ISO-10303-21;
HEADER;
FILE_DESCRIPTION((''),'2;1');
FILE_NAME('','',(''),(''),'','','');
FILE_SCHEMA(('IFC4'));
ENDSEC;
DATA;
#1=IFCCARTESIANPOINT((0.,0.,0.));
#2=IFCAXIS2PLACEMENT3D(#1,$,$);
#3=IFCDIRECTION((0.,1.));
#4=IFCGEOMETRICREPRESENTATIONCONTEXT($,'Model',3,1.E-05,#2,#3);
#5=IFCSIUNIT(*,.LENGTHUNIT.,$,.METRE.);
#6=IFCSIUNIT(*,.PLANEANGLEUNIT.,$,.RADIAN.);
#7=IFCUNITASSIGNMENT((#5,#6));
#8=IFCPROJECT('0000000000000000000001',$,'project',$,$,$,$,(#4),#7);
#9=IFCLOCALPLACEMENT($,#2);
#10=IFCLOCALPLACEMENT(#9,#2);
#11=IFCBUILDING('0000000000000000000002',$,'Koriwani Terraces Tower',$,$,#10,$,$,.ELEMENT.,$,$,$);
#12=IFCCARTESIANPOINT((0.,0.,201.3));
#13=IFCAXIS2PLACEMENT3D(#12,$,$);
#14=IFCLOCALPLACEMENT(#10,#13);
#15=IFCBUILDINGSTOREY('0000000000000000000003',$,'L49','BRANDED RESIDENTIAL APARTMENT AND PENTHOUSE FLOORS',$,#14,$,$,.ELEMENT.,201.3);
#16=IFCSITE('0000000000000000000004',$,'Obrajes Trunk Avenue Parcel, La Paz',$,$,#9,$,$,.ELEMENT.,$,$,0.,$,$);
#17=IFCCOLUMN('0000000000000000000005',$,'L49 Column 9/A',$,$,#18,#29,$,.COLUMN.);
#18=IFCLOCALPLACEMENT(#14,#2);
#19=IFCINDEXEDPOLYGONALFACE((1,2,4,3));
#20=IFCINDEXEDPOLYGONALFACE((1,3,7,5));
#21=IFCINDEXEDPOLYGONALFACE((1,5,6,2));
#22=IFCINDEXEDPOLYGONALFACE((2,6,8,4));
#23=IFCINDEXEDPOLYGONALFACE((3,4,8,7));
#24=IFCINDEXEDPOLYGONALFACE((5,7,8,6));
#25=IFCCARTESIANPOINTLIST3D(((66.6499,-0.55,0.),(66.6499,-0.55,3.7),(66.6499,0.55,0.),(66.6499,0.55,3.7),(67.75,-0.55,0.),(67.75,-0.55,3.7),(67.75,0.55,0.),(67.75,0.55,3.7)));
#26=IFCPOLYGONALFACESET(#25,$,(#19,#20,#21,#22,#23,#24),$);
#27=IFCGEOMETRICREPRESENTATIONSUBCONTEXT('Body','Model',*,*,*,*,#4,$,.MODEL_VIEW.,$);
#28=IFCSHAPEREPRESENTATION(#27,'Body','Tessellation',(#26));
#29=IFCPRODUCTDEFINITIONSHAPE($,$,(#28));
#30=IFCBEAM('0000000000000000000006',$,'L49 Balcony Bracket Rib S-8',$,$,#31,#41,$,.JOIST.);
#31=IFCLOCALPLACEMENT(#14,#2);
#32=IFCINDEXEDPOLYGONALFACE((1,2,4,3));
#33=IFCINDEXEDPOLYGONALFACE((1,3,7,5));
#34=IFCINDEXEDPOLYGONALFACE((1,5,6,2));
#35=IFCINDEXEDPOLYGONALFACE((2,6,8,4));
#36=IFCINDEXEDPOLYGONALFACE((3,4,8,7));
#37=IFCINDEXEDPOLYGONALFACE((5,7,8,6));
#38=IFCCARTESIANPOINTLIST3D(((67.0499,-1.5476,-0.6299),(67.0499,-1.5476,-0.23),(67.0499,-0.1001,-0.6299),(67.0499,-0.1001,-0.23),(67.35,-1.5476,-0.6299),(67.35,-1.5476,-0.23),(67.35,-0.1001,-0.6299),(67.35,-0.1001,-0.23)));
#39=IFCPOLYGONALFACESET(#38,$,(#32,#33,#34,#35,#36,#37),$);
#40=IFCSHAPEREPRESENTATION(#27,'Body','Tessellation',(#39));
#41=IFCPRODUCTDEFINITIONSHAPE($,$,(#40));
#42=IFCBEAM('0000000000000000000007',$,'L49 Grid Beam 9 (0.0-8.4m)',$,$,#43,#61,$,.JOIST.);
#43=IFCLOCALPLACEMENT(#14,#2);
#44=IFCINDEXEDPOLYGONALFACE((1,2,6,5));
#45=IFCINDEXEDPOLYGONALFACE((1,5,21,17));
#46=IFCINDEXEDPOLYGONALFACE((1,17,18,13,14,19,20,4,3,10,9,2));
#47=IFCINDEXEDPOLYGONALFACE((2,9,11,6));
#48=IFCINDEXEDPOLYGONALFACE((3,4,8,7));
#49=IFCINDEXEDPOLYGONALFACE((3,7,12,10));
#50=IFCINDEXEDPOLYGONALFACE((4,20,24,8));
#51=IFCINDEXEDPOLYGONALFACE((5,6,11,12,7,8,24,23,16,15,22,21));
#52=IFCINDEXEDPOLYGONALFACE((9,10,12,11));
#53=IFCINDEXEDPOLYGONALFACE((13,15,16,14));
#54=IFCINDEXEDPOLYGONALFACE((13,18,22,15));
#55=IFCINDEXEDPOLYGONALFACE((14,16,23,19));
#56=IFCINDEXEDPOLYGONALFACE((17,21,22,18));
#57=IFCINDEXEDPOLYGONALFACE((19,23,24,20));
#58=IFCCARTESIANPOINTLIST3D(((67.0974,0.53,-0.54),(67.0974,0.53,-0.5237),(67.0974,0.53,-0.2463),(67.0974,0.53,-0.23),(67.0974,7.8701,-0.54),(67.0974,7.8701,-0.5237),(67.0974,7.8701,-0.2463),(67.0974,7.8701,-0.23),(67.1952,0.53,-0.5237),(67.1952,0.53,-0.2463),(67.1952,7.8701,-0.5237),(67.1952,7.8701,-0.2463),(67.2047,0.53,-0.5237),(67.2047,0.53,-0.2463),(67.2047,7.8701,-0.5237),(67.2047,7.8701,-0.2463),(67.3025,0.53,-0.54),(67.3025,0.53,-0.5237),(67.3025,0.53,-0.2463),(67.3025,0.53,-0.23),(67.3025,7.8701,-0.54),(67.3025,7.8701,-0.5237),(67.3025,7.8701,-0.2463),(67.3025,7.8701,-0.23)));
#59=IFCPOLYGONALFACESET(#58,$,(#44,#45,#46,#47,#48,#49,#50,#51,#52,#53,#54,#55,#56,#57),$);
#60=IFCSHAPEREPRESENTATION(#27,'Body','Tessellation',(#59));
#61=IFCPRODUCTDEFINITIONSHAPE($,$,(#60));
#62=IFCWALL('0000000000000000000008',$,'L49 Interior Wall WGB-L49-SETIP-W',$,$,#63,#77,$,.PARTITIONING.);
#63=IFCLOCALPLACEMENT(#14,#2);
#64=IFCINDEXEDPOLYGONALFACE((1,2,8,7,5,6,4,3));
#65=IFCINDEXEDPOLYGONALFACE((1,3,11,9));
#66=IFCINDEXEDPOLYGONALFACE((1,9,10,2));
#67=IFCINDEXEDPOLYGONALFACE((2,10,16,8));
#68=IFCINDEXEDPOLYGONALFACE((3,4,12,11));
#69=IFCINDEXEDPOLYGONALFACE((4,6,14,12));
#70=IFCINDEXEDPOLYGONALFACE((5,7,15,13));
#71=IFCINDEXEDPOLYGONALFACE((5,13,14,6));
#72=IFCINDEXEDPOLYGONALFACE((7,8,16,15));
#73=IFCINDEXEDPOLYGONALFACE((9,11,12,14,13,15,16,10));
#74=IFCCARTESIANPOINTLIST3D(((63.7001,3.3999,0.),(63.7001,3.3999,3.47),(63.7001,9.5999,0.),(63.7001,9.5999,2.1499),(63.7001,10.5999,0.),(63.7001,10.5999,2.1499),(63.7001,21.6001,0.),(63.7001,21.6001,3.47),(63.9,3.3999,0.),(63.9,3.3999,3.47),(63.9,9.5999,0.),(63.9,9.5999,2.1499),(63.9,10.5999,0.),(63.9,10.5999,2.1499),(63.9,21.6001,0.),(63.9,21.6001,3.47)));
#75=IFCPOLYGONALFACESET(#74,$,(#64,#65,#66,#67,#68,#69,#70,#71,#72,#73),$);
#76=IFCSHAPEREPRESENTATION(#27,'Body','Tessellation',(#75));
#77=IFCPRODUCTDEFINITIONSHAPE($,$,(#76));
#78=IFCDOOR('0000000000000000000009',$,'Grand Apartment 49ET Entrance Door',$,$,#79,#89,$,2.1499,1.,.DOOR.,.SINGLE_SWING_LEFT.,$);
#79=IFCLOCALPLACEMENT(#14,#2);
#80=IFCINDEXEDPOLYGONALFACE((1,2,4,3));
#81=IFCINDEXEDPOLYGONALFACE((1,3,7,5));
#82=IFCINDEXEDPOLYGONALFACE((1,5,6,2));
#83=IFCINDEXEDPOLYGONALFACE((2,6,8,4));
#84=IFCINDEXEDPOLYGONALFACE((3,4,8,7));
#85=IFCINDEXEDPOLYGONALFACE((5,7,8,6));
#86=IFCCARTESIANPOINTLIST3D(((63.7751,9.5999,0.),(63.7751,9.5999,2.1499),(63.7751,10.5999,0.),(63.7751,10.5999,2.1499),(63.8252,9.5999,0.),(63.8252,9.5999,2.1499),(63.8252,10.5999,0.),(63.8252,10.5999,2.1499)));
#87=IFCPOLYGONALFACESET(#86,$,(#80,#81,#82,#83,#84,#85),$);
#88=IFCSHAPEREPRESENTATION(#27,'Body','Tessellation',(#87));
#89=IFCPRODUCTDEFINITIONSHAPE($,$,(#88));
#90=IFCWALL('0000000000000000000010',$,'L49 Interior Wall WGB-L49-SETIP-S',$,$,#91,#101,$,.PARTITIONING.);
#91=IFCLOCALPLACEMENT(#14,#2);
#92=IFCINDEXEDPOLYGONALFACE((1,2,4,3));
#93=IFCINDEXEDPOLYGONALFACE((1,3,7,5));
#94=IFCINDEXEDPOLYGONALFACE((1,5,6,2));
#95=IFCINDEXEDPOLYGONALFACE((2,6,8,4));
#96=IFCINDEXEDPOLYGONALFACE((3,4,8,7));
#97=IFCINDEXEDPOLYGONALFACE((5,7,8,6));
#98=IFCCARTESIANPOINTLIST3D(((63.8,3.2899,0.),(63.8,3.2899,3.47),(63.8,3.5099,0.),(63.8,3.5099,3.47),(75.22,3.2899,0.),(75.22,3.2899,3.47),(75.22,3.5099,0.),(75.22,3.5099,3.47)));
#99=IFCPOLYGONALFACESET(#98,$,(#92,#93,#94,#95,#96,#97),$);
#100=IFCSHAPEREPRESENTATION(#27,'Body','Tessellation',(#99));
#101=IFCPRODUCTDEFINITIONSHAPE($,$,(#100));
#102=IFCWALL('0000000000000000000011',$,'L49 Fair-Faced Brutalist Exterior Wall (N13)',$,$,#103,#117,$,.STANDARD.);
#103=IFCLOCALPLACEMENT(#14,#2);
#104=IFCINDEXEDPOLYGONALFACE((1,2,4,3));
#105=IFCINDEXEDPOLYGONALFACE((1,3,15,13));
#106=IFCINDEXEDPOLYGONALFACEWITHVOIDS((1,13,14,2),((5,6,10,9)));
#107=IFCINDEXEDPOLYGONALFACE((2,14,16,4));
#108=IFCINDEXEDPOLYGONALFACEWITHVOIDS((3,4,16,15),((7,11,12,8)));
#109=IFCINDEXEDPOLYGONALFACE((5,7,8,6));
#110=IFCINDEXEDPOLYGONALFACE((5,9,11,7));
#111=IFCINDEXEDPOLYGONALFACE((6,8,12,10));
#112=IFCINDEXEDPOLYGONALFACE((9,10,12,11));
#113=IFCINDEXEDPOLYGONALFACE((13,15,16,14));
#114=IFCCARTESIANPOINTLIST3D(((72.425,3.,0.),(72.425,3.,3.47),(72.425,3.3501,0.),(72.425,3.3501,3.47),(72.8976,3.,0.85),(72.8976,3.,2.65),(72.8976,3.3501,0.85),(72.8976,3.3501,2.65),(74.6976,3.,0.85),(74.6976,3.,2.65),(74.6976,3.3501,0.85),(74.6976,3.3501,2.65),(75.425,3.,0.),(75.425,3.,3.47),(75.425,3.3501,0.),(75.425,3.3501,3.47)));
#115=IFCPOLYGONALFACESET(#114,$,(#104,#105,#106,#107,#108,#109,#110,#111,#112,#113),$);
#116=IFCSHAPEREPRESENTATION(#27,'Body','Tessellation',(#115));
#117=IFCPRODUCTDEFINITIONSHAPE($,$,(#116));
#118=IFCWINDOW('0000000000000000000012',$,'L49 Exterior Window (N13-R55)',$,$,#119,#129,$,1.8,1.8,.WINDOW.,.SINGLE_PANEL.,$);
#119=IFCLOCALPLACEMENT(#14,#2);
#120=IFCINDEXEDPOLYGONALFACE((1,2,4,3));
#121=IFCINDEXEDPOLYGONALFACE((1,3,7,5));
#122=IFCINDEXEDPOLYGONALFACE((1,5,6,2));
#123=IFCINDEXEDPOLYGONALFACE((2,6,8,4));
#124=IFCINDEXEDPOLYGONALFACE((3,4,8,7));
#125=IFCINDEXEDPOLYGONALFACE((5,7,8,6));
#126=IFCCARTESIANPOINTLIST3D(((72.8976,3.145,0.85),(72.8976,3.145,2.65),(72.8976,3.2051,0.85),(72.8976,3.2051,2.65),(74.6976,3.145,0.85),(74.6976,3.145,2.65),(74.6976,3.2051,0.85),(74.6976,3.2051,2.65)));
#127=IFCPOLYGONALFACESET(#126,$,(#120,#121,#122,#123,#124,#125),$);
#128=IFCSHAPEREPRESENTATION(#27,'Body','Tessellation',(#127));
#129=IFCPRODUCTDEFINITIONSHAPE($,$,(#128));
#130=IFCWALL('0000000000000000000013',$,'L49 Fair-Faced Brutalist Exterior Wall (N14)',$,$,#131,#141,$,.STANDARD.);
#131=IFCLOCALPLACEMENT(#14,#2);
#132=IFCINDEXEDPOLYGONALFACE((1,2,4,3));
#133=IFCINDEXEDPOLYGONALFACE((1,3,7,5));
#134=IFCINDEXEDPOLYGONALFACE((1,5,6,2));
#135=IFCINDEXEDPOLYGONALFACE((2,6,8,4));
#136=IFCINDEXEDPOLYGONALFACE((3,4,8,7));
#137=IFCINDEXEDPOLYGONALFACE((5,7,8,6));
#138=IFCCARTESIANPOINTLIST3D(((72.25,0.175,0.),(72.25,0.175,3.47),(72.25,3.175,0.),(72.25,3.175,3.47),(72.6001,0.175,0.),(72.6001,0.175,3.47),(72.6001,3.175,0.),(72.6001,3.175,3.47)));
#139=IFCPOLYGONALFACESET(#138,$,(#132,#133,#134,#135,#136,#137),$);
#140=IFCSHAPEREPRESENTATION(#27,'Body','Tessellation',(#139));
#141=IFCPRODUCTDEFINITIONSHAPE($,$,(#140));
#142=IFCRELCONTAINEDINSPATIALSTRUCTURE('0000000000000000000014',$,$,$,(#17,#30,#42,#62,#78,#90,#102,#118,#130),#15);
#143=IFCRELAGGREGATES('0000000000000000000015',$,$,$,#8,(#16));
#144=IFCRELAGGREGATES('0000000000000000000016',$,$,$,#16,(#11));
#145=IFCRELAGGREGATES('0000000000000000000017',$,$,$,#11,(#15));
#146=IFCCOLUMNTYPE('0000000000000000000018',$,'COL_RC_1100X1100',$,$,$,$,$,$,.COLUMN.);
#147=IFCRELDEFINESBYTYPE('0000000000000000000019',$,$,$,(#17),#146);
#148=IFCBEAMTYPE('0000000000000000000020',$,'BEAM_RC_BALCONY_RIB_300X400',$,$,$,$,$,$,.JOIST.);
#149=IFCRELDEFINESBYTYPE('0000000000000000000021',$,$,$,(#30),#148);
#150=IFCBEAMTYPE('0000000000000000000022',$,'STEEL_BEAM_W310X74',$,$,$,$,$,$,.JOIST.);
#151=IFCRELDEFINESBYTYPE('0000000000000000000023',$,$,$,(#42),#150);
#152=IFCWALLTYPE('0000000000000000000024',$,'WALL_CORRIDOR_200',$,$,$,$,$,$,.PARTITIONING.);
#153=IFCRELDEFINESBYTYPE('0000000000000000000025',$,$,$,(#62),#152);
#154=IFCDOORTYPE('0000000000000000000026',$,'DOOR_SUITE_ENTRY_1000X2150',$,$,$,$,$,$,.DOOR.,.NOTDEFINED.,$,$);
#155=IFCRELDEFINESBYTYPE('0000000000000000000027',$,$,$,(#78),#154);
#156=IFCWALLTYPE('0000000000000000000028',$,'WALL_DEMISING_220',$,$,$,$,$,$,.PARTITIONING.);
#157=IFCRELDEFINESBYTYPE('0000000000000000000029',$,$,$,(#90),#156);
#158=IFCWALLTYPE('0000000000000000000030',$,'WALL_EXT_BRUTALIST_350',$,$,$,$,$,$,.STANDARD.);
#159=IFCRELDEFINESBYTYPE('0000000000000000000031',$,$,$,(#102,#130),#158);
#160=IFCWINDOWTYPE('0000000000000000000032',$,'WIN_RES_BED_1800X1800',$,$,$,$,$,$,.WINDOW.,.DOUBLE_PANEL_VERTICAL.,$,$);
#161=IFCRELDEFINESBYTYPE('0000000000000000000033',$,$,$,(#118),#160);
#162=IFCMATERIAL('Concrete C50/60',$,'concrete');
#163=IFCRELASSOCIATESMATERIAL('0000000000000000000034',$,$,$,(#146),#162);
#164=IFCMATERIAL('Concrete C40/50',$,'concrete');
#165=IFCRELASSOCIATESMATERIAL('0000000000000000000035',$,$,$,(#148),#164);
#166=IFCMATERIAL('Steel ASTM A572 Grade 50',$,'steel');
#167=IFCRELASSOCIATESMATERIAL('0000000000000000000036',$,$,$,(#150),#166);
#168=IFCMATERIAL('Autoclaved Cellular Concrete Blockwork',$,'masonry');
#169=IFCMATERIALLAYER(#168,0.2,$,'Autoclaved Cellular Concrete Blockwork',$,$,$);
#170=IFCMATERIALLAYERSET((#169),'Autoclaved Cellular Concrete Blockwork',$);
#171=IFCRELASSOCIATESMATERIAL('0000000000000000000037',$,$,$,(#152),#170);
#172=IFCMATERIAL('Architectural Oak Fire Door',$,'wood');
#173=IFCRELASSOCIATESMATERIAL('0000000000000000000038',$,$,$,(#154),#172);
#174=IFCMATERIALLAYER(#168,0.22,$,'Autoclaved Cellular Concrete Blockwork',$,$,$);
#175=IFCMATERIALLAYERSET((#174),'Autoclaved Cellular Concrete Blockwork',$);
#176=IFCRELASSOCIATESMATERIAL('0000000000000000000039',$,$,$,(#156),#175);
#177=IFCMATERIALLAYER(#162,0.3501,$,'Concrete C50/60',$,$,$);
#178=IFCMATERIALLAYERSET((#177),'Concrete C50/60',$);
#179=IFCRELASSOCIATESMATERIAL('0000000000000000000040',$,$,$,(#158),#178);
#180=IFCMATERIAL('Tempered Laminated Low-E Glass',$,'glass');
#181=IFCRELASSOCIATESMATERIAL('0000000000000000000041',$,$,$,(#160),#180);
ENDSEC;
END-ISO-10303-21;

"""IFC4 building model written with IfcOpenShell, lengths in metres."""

from ifc_helpers import new_model, si_unit, direction, frame, frame_2d, origin, origin_2d, place, context, subcontext, project, spatial, rectangle, i_section, extrude, material, layer, layer_set, material_profile, profile_set, type_object, element, fill, save


model = new_model("IFC4")

# Units and contexts
model_context = context("Model", 3, precision=1e-05, world=origin(), true_north=direction((0.0, 1.0)))
body_context = subcontext(model_context, "Body", "Model", "MODEL_VIEW")
ifc_project = project(units=[si_unit("LENGTHUNIT", "METRE"), si_unit("PLANEANGLEUNIT", "RADIAN")], contexts=[model_context])

# Site, building, storey
site_placement = place(None, origin())
site = spatial("IfcSite", under=ifc_project, at=site_placement, Name="Obrajes Trunk Avenue Parcel, La Paz", CompositionType="ELEMENT", RefElevation=0.0)
building_placement = place(site_placement, origin())
building = spatial("IfcBuilding", under=site, at=building_placement, Name="Koriwani Terraces Tower", CompositionType="ELEMENT")
storey_placement = place(building_placement, frame((0.0, 0.0, 201.3)))
storey = spatial("IfcBuildingStorey", under=building, at=storey_placement, Name="L49", Description="BRANDED RESIDENTIAL APARTMENT AND PENTHOUSE FLOORS", CompositionType="ELEMENT", Elevation=201.3)

# Column
ifc_material_1 = material(Name="Concrete C50/60", Category="concrete")
ifc_material_profile_1 = material_profile(ifc_material_1, rectangle(XDim=1.1001, YDim=1.1001, at=origin_2d()), Name="Concrete C50/60", Category="LoadBearing")
ifc_profile_set_1 = profile_set([ifc_material_profile_1], Name="Concrete C50/60")
column_type = type_object("IfcColumnType", Name="COL_RC_1100X1100", PredefinedType="COLUMN", material=ifc_profile_set_1)
column_placement = place(storey_placement, frame((67.2, 0.0, 0.0), z_axis=(0.0, 0.0, 1.0), x_axis=(1.0, 0.0, 0.0)))
element("IfcColumn", 1, at=column_placement, inside=storey, type_object=column_type, Name="L49 Column 9/A", PredefinedType="COLUMN", context=body_context, shape_type="SweptSolid", body=[
    extrude(rectangle(XDim=1.1001, YDim=1.1001, at=origin_2d()), origin(), (0.0, 0.0, 1.0), 3.7),
])

# Beams
ifc_material_2 = material(Name="Concrete C40/50", Category="concrete")
ifc_material_profile_2 = material_profile(ifc_material_2, rectangle(XDim=0.3, YDim=0.3999, at=origin_2d()), Name="Concrete C40/50", Category="LoadBearing")
ifc_profile_set_2 = profile_set([ifc_material_profile_2], Name="Concrete C40/50")
beam_type_1 = type_object("IfcBeamType", Name="BEAM_RC_BALCONY_RIB_300X400", PredefinedType="JOIST", material=ifc_profile_set_2)
beam_1_placement = place(storey_placement, frame((67.2, -1.5476, -0.4299), z_axis=(0.0, 1.0, 0.0), x_axis=(-1.0, 0.0, 0.0)))
element("IfcBeam", 2, at=beam_1_placement, inside=storey, type_object=beam_type_1, Name="L49 Balcony Bracket Rib S-8", PredefinedType="JOIST", context=body_context, shape_type="SweptSolid", body=[
    extrude(rectangle(XDim=0.3, YDim=0.3999, at=origin_2d()), origin(), (0.0, 0.0, 1.0), 1.4475),
])
ifc_material_3 = material(Name="Steel ASTM A572 Grade 50", Category="steel")
ifc_material_profile_3 = material_profile(ifc_material_3, i_section(OverallWidth=0.2051, OverallDepth=0.3101, WebThickness=0.0095, FlangeThickness=0.0164, at=origin_2d()), Name="Steel ASTM A572 Grade 50", Category="LoadBearing")
ifc_profile_set_3 = profile_set([ifc_material_profile_3], Name="Steel ASTM A572 Grade 50")
beam_type_2 = type_object("IfcBeamType", Name="STEEL_BEAM_W310X74", PredefinedType="JOIST", material=ifc_profile_set_3)
beam_2_placement = place(storey_placement, frame((67.2, 0.53, -0.385), z_axis=(0.0, 1.0, 0.0), x_axis=(-1.0, 0.0, 0.0)))
element("IfcBeam", 3, at=beam_2_placement, inside=storey, type_object=beam_type_2, Name="L49 Grid Beam 9 (0.0-8.4m)", PredefinedType="JOIST", context=body_context, shape_type="SweptSolid", body=[
    extrude(i_section(OverallWidth=0.2051, OverallDepth=0.3101, WebThickness=0.0095, FlangeThickness=0.0164, at=origin_2d()), origin(), (0.0, 0.0, 1.0), 7.3401),
])

# Wall, opening, door
ifc_material_4 = material(Name="Autoclaved Cellular Concrete Blockwork", Category="masonry")
ifc_layer_1 = layer(ifc_material_4, 0.2, Name="Autoclaved Cellular Concrete Blockwork")
ifc_layer_set_1 = layer_set([ifc_layer_1], Name="Autoclaved Cellular Concrete Blockwork")
wall_type_1 = type_object("IfcWallType", Name="WALL_CORRIDOR_200", PredefinedType="PARTITIONING", material=ifc_layer_set_1)
wall_1_placement = place(storey_placement, frame((63.8, 3.3999, 0.0), z_axis=(0.0, 0.0, 1.0), x_axis=(0.0, 1.0, 0.0)))
wall_1 = element("IfcWall", 4, at=wall_1_placement, inside=storey, type_object=wall_type_1, Name="L49 Interior Wall WGB-L49-SETIP-W", PredefinedType="PARTITIONING", context=body_context, shape_type="SweptSolid", body=[
    extrude(rectangle(XDim=18.2002, YDim=0.2, at=frame_2d((9.1001, 0.0))), origin(), (0.0, 0.0, 1.0), 3.47),
])
opening_1_placement = place(wall_1_placement, frame((6.2, 0.0, 0.0)))
opening_1 = element("IfcOpeningElement", 5, at=opening_1_placement, cuts=wall_1, PredefinedType="OPENING", context=body_context, shape_type="SweptSolid", body=[
    extrude(rectangle(XDim=1.0, YDim=2.1499, at=frame_2d((0.5, 1.075))), frame((0.0, 0.1099, 0.0), z_axis=(0.0, -1.0, 0.0), x_axis=(1.0, 0.0, 0.0)), (0.0, 0.0, 1.0), 0.22),
])
ifc_material_5 = material(Name="Architectural Oak Fire Door", Category="wood")
door_type_1 = type_object("IfcDoorType", Name="DOOR_SUITE_ENTRY_1000X2150", OperationType="NOTDEFINED", PredefinedType="DOOR", material=ifc_material_5)
door_1_placement = place(opening_1_placement, origin())
door_1 = element("IfcDoor", 6, at=door_1_placement, inside=storey, type_object=door_type_1, Name="Grand Apartment 49ET Entrance Door", OperationType="SINGLE_SWING_LEFT", OverallHeight=2.1499, OverallWidth=1.0, PredefinedType="DOOR", context=body_context, shape_type="SweptSolid", body=[
    extrude(rectangle(XDim=1.0, YDim=2.1499, at=frame_2d((0.5, 1.075))), frame((0.0, 0.0249, 0.0), z_axis=(0.0, -1.0, 0.0), x_axis=(1.0, 0.0, 0.0)), (0.0, 0.0, 1.0), 0.05),
])
fill(opening_1, door_1)

# Wall
ifc_layer_2 = layer(ifc_material_4, 0.22, Name="Autoclaved Cellular Concrete Blockwork")
ifc_layer_set_2 = layer_set([ifc_layer_2], Name="Autoclaved Cellular Concrete Blockwork")
wall_type_2 = type_object("IfcWallType", Name="WALL_DEMISING_220", PredefinedType="PARTITIONING", material=ifc_layer_set_2)
wall_2_placement = place(storey_placement, frame((63.8, 3.3999, 0.0), z_axis=(0.0, 0.0, 1.0), x_axis=(1.0, 0.0, 0.0)))
element("IfcWall", 7, at=wall_2_placement, inside=storey, type_object=wall_type_2, Name="L49 Interior Wall WGB-L49-SETIP-S", PredefinedType="PARTITIONING", context=body_context, shape_type="SweptSolid", body=[
    extrude(rectangle(XDim=11.4199, YDim=0.22, at=frame_2d((5.71, 0.0))), origin(), (0.0, 0.0, 1.0), 3.47),
])

# Wall, opening, window
ifc_layer_3 = layer(ifc_material_1, 0.3501, Name="Concrete C50/60")
ifc_layer_set_3 = layer_set([ifc_layer_3], Name="Concrete C50/60")
wall_type_3 = type_object("IfcWallType", Name="WALL_EXT_BRUTALIST_350", PredefinedType="STANDARD", material=ifc_layer_set_3)
wall_3_placement = place(storey_placement, frame((75.425, 3.175, 0.0), z_axis=(0.0, 0.0, 1.0), x_axis=(-1.0, 0.0, 0.0)))
wall_3 = element("IfcWall", 8, at=wall_3_placement, inside=storey, type_object=wall_type_3, Name="L49 Fair-Faced Brutalist Exterior Wall (N13)", PredefinedType="STANDARD", context=body_context, shape_type="SweptSolid", body=[
    extrude(rectangle(XDim=3.0, YDim=0.3501, at=frame_2d((1.5, 0.0))), origin(), (0.0, 0.0, 1.0), 3.47),
])
opening_2_placement = place(wall_3_placement, frame((0.7275, 0.0, 0.8501)))
opening_2 = element("IfcOpeningElement", 9, at=opening_2_placement, cuts=wall_3, PredefinedType="OPENING", context=body_context, shape_type="SweptSolid", body=[
    extrude(rectangle(XDim=1.8, YDim=1.8, at=frame_2d((0.8999, 0.8999))), frame((0.0, 0.1851, 0.0), z_axis=(0.0, -1.0, 0.0), x_axis=(1.0, 0.0, 0.0)), (0.0, 0.0, 1.0), 0.3701),
])
ifc_material_6 = material(Name="Tempered Laminated Low-E Glass", Category="glass")
window_type_1 = type_object("IfcWindowType", Name="WIN_RES_BED_1800X1800", PartitioningType="DOUBLE_PANEL_VERTICAL", PredefinedType="WINDOW", material=ifc_material_6)
window_1_placement = place(opening_2_placement, origin())
window_1 = element("IfcWindow", 10, at=window_1_placement, inside=storey, type_object=window_type_1, Name="L49 Exterior Window (N13-R55)", OverallHeight=1.8, OverallWidth=1.8, PartitioningType="SINGLE_PANEL", PredefinedType="WINDOW", context=body_context, shape_type="SweptSolid", body=[
    extrude(rectangle(XDim=1.8, YDim=1.8, at=frame_2d((0.8999, 0.8999))), frame((0.0, 0.03, 0.0), z_axis=(0.0, -1.0, 0.0), x_axis=(1.0, 0.0, 0.0)), (0.0, 0.0, 1.0), 0.0601),
])
fill(opening_2, window_1)

# Wall
wall_4_placement = place(storey_placement, frame((72.425, 3.175, 0.0), z_axis=(0.0, 0.0, 1.0), x_axis=(0.0, -1.0, 0.0)))
element("IfcWall", 11, at=wall_4_placement, inside=storey, type_object=wall_type_3, Name="L49 Fair-Faced Brutalist Exterior Wall (N14)", PredefinedType="STANDARD", context=body_context, shape_type="SweptSolid", body=[
    extrude(rectangle(XDim=3.0, YDim=0.3501, at=frame_2d((1.5, 0.0))), origin(), (0.0, 0.0, 1.0), 3.47),
])

save(model, "model.ifc")
